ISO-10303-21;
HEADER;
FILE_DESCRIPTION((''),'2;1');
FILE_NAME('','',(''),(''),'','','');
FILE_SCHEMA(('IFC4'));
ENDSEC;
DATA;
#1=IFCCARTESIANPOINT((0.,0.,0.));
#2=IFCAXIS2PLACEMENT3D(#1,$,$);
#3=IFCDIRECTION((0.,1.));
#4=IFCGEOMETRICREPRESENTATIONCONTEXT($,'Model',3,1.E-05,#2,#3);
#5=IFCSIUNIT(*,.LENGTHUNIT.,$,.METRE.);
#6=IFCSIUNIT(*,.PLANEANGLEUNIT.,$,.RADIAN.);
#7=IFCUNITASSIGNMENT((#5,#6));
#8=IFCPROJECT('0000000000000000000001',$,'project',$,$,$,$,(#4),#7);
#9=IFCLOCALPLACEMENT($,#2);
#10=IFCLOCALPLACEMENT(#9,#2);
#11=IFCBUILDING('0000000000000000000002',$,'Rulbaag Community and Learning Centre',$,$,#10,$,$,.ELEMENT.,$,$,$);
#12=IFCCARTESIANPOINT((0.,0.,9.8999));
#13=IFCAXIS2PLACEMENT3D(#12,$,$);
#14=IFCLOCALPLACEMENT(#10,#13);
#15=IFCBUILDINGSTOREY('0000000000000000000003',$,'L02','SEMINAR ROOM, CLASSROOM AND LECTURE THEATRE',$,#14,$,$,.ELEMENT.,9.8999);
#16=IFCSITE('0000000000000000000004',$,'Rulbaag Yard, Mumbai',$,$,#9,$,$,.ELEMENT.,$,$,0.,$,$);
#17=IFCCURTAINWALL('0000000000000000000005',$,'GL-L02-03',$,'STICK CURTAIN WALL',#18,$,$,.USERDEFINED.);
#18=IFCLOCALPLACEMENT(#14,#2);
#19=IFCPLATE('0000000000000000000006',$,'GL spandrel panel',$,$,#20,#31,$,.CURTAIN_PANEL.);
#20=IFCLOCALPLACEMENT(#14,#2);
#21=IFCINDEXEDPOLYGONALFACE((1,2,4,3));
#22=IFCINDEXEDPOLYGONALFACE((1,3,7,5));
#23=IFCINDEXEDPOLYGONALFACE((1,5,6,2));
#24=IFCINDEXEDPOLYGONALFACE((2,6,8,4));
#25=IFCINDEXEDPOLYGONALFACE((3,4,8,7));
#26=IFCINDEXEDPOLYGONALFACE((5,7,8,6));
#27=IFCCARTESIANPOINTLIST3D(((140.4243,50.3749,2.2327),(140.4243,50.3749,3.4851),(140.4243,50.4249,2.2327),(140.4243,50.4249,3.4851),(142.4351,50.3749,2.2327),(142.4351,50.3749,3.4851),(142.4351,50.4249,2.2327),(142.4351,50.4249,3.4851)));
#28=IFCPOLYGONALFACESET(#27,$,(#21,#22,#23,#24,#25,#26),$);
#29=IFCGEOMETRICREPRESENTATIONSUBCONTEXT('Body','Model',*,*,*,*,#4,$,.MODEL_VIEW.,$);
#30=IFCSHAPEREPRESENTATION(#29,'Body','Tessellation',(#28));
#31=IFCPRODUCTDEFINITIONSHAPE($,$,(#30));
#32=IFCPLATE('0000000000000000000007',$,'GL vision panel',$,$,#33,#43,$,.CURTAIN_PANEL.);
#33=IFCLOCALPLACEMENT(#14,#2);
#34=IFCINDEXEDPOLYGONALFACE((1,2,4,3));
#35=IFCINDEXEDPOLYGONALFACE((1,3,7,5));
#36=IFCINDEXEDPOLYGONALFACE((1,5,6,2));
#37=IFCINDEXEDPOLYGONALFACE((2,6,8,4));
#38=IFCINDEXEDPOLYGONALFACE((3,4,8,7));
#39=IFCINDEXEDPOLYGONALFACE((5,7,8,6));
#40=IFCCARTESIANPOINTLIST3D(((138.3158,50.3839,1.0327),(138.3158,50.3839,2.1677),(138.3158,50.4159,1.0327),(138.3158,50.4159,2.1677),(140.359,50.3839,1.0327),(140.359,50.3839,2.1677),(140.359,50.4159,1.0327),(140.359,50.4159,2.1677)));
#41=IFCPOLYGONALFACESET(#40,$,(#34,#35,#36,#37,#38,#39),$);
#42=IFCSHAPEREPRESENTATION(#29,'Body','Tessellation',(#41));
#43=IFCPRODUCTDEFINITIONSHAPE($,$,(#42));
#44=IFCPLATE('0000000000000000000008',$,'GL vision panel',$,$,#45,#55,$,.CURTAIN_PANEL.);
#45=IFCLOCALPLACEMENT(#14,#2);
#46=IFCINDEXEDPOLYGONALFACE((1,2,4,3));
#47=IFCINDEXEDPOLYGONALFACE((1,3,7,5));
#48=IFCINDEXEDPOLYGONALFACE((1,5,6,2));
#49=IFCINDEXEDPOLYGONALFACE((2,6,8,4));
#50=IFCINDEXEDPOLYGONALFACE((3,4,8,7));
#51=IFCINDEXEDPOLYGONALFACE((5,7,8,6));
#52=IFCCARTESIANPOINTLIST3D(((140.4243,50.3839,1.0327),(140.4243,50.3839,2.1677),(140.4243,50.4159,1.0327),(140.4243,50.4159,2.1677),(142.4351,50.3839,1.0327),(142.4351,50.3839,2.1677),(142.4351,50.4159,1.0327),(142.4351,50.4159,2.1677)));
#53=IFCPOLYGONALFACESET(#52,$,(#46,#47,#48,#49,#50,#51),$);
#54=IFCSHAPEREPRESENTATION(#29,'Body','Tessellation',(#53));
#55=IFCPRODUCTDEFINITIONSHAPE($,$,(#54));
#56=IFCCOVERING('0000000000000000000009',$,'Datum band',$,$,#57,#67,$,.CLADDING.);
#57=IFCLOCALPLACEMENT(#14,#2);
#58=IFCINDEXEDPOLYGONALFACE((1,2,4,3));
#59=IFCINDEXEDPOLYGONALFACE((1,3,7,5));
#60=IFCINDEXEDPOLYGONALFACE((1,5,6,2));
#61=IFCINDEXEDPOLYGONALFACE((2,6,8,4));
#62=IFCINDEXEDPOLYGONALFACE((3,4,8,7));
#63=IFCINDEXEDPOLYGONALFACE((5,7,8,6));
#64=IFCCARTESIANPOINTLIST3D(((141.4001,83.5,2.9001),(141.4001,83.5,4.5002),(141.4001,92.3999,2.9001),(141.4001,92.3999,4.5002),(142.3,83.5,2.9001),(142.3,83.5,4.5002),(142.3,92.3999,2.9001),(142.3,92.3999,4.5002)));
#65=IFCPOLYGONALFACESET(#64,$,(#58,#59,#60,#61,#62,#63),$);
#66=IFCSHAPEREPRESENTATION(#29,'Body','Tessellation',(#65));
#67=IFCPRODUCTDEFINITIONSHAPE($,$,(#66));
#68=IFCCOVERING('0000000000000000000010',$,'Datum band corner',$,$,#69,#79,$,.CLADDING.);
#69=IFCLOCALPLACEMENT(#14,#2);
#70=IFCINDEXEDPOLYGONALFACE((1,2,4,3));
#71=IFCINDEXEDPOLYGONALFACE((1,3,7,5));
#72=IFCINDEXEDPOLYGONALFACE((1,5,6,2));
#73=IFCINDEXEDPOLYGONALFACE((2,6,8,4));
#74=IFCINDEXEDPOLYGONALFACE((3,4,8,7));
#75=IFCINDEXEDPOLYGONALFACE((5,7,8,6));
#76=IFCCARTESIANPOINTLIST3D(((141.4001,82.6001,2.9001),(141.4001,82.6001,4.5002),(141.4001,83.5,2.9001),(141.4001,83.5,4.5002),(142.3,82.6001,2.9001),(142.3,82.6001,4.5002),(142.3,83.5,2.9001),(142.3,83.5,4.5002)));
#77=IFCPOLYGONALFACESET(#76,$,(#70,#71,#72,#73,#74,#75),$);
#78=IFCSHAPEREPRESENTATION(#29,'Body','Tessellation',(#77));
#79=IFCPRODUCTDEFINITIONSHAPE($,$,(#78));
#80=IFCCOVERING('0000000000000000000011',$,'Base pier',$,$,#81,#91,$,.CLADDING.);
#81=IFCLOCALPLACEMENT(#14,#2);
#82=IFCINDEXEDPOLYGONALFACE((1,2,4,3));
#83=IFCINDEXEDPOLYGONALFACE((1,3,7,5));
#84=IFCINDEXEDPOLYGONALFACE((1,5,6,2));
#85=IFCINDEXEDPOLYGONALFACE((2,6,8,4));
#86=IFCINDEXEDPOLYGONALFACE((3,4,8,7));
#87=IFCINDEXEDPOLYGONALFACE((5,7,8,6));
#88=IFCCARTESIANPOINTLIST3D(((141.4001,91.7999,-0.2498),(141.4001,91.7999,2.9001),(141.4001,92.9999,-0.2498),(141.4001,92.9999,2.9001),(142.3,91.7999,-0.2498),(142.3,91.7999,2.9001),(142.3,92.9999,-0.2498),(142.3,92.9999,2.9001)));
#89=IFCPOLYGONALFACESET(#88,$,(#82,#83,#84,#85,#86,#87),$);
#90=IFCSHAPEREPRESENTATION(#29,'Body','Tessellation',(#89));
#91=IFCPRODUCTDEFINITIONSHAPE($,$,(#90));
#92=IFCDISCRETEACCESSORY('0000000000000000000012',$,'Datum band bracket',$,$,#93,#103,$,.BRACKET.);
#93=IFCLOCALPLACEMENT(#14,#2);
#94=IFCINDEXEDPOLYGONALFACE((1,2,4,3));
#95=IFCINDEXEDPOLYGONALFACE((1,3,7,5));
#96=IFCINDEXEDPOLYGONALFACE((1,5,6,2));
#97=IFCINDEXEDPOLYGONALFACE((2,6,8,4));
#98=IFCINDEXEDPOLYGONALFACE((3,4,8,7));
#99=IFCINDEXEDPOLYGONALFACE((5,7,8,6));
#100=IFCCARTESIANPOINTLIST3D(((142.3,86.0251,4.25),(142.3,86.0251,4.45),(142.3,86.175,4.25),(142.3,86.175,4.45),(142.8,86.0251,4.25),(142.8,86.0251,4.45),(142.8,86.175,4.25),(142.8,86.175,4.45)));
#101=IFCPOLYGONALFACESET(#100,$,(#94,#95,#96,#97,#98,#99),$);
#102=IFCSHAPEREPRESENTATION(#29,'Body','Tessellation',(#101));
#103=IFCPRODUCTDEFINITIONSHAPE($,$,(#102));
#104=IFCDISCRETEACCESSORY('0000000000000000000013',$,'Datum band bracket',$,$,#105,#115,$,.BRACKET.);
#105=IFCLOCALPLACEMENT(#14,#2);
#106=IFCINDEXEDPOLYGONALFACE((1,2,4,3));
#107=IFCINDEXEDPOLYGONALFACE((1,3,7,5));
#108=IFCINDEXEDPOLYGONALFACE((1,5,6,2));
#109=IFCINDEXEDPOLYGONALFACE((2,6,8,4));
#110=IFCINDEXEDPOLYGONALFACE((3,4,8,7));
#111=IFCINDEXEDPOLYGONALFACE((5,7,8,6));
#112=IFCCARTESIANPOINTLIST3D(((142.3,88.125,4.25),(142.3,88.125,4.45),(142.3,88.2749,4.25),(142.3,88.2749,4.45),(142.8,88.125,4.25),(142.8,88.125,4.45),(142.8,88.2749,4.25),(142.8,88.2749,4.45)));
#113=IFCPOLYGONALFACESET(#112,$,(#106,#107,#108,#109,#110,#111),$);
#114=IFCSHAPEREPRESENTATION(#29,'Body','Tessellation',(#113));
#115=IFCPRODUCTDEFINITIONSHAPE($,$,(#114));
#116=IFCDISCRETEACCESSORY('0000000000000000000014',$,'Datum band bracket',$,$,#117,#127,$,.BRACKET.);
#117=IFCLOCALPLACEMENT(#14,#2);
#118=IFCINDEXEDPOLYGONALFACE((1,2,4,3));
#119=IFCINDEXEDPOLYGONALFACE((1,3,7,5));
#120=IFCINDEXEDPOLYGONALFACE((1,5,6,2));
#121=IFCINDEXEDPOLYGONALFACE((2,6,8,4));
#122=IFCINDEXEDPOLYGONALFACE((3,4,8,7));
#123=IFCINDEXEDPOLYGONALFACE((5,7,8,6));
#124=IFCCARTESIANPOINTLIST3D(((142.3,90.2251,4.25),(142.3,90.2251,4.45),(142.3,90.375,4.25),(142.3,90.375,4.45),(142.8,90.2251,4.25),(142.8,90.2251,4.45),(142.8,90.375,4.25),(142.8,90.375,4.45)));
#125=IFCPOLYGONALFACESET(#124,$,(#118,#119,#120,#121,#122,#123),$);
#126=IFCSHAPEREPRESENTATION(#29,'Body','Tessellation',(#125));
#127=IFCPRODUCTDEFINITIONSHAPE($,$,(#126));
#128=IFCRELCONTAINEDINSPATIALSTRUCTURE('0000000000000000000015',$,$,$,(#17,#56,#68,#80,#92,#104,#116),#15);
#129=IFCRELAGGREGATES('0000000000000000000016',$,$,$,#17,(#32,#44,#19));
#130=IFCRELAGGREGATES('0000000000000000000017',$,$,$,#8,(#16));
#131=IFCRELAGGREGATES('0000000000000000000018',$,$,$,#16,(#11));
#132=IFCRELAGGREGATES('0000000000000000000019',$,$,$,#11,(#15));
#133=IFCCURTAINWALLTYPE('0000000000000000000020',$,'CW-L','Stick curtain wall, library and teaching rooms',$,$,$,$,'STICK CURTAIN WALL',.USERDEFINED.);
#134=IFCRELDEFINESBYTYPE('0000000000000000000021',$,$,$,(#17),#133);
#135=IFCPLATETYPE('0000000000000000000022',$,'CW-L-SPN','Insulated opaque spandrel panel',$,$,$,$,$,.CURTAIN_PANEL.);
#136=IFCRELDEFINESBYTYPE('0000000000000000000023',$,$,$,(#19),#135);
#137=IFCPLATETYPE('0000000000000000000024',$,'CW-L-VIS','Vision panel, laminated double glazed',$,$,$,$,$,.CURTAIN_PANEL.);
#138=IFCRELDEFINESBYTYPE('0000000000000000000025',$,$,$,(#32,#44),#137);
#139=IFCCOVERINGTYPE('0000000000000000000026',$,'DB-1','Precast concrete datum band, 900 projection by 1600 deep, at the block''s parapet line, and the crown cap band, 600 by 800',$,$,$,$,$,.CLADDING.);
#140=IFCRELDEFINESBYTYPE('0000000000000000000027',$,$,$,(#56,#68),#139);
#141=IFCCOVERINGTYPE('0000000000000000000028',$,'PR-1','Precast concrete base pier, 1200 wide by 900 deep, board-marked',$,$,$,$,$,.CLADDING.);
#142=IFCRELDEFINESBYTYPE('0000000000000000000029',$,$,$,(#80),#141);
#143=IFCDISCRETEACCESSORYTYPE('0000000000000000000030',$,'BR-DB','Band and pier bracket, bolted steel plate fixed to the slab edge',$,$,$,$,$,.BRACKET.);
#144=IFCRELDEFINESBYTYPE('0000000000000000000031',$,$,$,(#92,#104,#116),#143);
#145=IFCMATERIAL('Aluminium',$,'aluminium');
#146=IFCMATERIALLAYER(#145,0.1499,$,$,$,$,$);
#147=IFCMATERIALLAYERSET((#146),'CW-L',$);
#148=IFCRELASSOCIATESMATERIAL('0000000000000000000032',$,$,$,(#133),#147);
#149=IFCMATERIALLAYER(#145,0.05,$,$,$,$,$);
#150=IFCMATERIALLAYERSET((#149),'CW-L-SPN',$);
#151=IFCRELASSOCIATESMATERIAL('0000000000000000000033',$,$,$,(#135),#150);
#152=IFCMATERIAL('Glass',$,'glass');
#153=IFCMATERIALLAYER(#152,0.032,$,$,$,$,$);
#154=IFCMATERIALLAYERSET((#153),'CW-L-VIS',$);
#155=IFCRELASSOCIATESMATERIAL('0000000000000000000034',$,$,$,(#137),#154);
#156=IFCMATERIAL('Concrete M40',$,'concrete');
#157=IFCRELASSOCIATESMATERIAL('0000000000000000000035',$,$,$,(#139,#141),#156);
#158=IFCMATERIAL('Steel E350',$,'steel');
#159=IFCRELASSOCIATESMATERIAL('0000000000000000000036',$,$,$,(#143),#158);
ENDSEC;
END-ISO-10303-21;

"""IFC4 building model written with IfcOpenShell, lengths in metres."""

from ifc_helpers import new_model, si_unit, direction, frame, origin, origin_2d, place, context, subcontext, project, spatial, rectangle, extrude, material, layer, layer_set, type_object, element, aggregate, save


model = new_model("IFC4")

# Units and contexts
model_context = context("Model", 3, precision=1e-05, world=origin(), true_north=direction((0.0, 1.0)))
body_context = subcontext(model_context, "Body", "Model", "MODEL_VIEW")
ifc_project = project(units=[si_unit("LENGTHUNIT", "METRE"), si_unit("PLANEANGLEUNIT", "RADIAN")], contexts=[model_context])

# Site, building, storey
site_placement = place(None, origin())
site = spatial("IfcSite", under=ifc_project, at=site_placement, Name="Rulbaag Yard, Mumbai", CompositionType="ELEMENT", RefElevation=0.0)
building_placement = place(site_placement, origin())
building = spatial("IfcBuilding", under=site, at=building_placement, Name="Rulbaag Community and Learning Centre", CompositionType="ELEMENT")
storey_placement = place(building_placement, frame((0.0, 0.0, 9.8999)))
storey = spatial("IfcBuildingStorey", under=building, at=storey_placement, Name="L02", Description="SEMINAR ROOM, CLASSROOM AND LECTURE THEATRE", CompositionType="ELEMENT", Elevation=9.8999)

# Shared definitions
ifc_material_1 = material(Name="Concrete M40", Category="concrete")

# Curtain wall, plates
ifc_material_2 = material(Name="Aluminium", Category="aluminium")
ifc_layer_1 = layer(ifc_material_2, 0.1499)
ifc_layer_set_1 = layer_set([ifc_layer_1], Name="CW-L")
curtain_wall_type = type_object("IfcCurtainWallType", Name="CW-L", Description="Stick curtain wall, library and teaching rooms", ElementType="STICK CURTAIN WALL", PredefinedType="USERDEFINED", material=ifc_layer_set_1)
curtain_wall_placement = place(storey_placement, origin())
curtain_wall = element("IfcCurtainWall", 1, at=curtain_wall_placement, inside=storey, type_object=curtain_wall_type, Name="GL-L02-03", ObjectType="STICK CURTAIN WALL", PredefinedType="USERDEFINED")
ifc_layer_2 = layer(ifc_material_2, 0.05)
ifc_layer_set_2 = layer_set([ifc_layer_2], Name="CW-L-SPN")
plate_type_1 = type_object("IfcPlateType", Name="CW-L-SPN", Description="Insulated opaque spandrel panel", PredefinedType="CURTAIN_PANEL", material=ifc_layer_set_2)
plate_1_placement = place(storey_placement, frame((141.4297, 50.3999, 2.2327), z_axis=(0.0, 0.0, 1.0), x_axis=(1.0, 0.0, 0.0)))
plate_1 = element("IfcPlate", 2, at=plate_1_placement, type_object=plate_type_1, Name="GL spandrel panel", PredefinedType="CURTAIN_PANEL", context=body_context, shape_type="SweptSolid", body=[
    extrude(rectangle(XDim=2.0107, YDim=0.05, at=origin_2d()), origin(), (0.0, 0.0, 1.0), 1.2524),
])
ifc_material_3 = material(Name="Glass", Category="glass")
ifc_layer_3 = layer(ifc_material_3, 0.032)
ifc_layer_set_3 = layer_set([ifc_layer_3], Name="CW-L-VIS")
plate_type_2 = type_object("IfcPlateType", Name="CW-L-VIS", Description="Vision panel, laminated double glazed", PredefinedType="CURTAIN_PANEL", material=ifc_layer_set_3)
plate_2_placement = place(storey_placement, frame((139.3374, 50.3999, 1.0327), z_axis=(0.0, 0.0, 1.0), x_axis=(1.0, 0.0, 0.0)))
plate_2 = element("IfcPlate", 3, at=plate_2_placement, type_object=plate_type_2, Name="GL vision panel", PredefinedType="CURTAIN_PANEL", context=body_context, shape_type="SweptSolid", body=[
    extrude(rectangle(XDim=2.0432, YDim=0.032, at=origin_2d()), origin(), (0.0, 0.0, 1.0), 1.135),
])
plate_3_placement = place(storey_placement, frame((141.4297, 50.3999, 1.0327), z_axis=(0.0, 0.0, 1.0), x_axis=(1.0, 0.0, 0.0)))
plate_3 = element("IfcPlate", 4, at=plate_3_placement, type_object=plate_type_2, Name="GL vision panel", PredefinedType="CURTAIN_PANEL", context=body_context, shape_type="SweptSolid", body=[
    extrude(rectangle(XDim=2.0107, YDim=0.032, at=origin_2d()), origin(), (0.0, 0.0, 1.0), 1.135),
])
aggregate(curtain_wall, [plate_2, plate_3, plate_1])

# Coverings
covering_type_1 = type_object("IfcCoveringType", Name="DB-1", Description="Precast concrete datum band, 900 projection by 1600 deep, at the block's parapet line, and the crown cap band, 600 by 800", PredefinedType="CLADDING", material=ifc_material_1)
covering_1_placement = place(storey_placement, frame((141.8501, 87.95, 2.9001), z_axis=(0.0, 0.0, 1.0), x_axis=(1.0, 0.0, 0.0)))
element("IfcCovering", 5, at=covering_1_placement, inside=storey, type_object=covering_type_1, Name="Datum band", PredefinedType="CLADDING", context=body_context, shape_type="SweptSolid", body=[
    extrude(rectangle(XDim=0.8999, YDim=8.8999, at=origin_2d()), origin(), (0.0, 0.0, 1.0), 1.6001),
])
covering_2_placement = place(storey_placement, frame((141.8501, 83.05, 2.9001), z_axis=(0.0, 0.0, 1.0), x_axis=(1.0, 0.0, 0.0)))
element("IfcCovering", 6, at=covering_2_placement, inside=storey, type_object=covering_type_1, Name="Datum band corner", PredefinedType="CLADDING", context=body_context, shape_type="SweptSolid", body=[
    extrude(rectangle(XDim=0.8999, YDim=0.8999, at=origin_2d()), origin(), (0.0, 0.0, 1.0), 1.6001),
])
covering_type_2 = type_object("IfcCoveringType", Name="PR-1", Description="Precast concrete base pier, 1200 wide by 900 deep, board-marked", PredefinedType="CLADDING", material=ifc_material_1)
covering_3_placement = place(storey_placement, frame((141.8501, 92.3999, -0.2498), z_axis=(0.0, 0.0, 1.0), x_axis=(1.0, 0.0, 0.0)))
element("IfcCovering", 7, at=covering_3_placement, inside=storey, type_object=covering_type_2, Name="Base pier", PredefinedType="CLADDING", context=body_context, shape_type="SweptSolid", body=[
    extrude(rectangle(XDim=0.8999, YDim=1.2, at=origin_2d()), origin(), (0.0, 0.0, 1.0), 3.1499),
])

# Discrete accessories
ifc_material_4 = material(Name="Steel E350", Category="steel")
discrete_accessory_type = type_object("IfcDiscreteAccessoryType", Name="BR-DB", Description="Band and pier bracket, bolted steel plate fixed to the slab edge", PredefinedType="BRACKET", material=ifc_material_4)
for number, where, z_axis, x_axis, name in (
    (8, (142.55, 86.1001, 4.25), (0.0, 0.0, 1.0), (1.0, 0.0, 0.0), "Datum band bracket"),
    (9, (142.55, 88.2, 4.25), (0.0, 0.0, 1.0), (1.0, 0.0, 0.0), "Datum band bracket"),
    (10, (142.55, 90.3, 4.25), (0.0, 0.0, 1.0), (1.0, 0.0, 0.0), "Datum band bracket"),
):
    element("IfcDiscreteAccessory", number, at=place(storey_placement, frame(where, z_axis=z_axis, x_axis=x_axis)), inside=storey, type_object=discrete_accessory_type, Name=name, PredefinedType="BRACKET", context=body_context, shape_type="SweptSolid", body=[
        extrude(rectangle(XDim=0.5, YDim=0.1499, at=origin_2d()), origin(), (0.0, 0.0, 1.0), 0.2),
    ])

save(model, "model.ifc")
